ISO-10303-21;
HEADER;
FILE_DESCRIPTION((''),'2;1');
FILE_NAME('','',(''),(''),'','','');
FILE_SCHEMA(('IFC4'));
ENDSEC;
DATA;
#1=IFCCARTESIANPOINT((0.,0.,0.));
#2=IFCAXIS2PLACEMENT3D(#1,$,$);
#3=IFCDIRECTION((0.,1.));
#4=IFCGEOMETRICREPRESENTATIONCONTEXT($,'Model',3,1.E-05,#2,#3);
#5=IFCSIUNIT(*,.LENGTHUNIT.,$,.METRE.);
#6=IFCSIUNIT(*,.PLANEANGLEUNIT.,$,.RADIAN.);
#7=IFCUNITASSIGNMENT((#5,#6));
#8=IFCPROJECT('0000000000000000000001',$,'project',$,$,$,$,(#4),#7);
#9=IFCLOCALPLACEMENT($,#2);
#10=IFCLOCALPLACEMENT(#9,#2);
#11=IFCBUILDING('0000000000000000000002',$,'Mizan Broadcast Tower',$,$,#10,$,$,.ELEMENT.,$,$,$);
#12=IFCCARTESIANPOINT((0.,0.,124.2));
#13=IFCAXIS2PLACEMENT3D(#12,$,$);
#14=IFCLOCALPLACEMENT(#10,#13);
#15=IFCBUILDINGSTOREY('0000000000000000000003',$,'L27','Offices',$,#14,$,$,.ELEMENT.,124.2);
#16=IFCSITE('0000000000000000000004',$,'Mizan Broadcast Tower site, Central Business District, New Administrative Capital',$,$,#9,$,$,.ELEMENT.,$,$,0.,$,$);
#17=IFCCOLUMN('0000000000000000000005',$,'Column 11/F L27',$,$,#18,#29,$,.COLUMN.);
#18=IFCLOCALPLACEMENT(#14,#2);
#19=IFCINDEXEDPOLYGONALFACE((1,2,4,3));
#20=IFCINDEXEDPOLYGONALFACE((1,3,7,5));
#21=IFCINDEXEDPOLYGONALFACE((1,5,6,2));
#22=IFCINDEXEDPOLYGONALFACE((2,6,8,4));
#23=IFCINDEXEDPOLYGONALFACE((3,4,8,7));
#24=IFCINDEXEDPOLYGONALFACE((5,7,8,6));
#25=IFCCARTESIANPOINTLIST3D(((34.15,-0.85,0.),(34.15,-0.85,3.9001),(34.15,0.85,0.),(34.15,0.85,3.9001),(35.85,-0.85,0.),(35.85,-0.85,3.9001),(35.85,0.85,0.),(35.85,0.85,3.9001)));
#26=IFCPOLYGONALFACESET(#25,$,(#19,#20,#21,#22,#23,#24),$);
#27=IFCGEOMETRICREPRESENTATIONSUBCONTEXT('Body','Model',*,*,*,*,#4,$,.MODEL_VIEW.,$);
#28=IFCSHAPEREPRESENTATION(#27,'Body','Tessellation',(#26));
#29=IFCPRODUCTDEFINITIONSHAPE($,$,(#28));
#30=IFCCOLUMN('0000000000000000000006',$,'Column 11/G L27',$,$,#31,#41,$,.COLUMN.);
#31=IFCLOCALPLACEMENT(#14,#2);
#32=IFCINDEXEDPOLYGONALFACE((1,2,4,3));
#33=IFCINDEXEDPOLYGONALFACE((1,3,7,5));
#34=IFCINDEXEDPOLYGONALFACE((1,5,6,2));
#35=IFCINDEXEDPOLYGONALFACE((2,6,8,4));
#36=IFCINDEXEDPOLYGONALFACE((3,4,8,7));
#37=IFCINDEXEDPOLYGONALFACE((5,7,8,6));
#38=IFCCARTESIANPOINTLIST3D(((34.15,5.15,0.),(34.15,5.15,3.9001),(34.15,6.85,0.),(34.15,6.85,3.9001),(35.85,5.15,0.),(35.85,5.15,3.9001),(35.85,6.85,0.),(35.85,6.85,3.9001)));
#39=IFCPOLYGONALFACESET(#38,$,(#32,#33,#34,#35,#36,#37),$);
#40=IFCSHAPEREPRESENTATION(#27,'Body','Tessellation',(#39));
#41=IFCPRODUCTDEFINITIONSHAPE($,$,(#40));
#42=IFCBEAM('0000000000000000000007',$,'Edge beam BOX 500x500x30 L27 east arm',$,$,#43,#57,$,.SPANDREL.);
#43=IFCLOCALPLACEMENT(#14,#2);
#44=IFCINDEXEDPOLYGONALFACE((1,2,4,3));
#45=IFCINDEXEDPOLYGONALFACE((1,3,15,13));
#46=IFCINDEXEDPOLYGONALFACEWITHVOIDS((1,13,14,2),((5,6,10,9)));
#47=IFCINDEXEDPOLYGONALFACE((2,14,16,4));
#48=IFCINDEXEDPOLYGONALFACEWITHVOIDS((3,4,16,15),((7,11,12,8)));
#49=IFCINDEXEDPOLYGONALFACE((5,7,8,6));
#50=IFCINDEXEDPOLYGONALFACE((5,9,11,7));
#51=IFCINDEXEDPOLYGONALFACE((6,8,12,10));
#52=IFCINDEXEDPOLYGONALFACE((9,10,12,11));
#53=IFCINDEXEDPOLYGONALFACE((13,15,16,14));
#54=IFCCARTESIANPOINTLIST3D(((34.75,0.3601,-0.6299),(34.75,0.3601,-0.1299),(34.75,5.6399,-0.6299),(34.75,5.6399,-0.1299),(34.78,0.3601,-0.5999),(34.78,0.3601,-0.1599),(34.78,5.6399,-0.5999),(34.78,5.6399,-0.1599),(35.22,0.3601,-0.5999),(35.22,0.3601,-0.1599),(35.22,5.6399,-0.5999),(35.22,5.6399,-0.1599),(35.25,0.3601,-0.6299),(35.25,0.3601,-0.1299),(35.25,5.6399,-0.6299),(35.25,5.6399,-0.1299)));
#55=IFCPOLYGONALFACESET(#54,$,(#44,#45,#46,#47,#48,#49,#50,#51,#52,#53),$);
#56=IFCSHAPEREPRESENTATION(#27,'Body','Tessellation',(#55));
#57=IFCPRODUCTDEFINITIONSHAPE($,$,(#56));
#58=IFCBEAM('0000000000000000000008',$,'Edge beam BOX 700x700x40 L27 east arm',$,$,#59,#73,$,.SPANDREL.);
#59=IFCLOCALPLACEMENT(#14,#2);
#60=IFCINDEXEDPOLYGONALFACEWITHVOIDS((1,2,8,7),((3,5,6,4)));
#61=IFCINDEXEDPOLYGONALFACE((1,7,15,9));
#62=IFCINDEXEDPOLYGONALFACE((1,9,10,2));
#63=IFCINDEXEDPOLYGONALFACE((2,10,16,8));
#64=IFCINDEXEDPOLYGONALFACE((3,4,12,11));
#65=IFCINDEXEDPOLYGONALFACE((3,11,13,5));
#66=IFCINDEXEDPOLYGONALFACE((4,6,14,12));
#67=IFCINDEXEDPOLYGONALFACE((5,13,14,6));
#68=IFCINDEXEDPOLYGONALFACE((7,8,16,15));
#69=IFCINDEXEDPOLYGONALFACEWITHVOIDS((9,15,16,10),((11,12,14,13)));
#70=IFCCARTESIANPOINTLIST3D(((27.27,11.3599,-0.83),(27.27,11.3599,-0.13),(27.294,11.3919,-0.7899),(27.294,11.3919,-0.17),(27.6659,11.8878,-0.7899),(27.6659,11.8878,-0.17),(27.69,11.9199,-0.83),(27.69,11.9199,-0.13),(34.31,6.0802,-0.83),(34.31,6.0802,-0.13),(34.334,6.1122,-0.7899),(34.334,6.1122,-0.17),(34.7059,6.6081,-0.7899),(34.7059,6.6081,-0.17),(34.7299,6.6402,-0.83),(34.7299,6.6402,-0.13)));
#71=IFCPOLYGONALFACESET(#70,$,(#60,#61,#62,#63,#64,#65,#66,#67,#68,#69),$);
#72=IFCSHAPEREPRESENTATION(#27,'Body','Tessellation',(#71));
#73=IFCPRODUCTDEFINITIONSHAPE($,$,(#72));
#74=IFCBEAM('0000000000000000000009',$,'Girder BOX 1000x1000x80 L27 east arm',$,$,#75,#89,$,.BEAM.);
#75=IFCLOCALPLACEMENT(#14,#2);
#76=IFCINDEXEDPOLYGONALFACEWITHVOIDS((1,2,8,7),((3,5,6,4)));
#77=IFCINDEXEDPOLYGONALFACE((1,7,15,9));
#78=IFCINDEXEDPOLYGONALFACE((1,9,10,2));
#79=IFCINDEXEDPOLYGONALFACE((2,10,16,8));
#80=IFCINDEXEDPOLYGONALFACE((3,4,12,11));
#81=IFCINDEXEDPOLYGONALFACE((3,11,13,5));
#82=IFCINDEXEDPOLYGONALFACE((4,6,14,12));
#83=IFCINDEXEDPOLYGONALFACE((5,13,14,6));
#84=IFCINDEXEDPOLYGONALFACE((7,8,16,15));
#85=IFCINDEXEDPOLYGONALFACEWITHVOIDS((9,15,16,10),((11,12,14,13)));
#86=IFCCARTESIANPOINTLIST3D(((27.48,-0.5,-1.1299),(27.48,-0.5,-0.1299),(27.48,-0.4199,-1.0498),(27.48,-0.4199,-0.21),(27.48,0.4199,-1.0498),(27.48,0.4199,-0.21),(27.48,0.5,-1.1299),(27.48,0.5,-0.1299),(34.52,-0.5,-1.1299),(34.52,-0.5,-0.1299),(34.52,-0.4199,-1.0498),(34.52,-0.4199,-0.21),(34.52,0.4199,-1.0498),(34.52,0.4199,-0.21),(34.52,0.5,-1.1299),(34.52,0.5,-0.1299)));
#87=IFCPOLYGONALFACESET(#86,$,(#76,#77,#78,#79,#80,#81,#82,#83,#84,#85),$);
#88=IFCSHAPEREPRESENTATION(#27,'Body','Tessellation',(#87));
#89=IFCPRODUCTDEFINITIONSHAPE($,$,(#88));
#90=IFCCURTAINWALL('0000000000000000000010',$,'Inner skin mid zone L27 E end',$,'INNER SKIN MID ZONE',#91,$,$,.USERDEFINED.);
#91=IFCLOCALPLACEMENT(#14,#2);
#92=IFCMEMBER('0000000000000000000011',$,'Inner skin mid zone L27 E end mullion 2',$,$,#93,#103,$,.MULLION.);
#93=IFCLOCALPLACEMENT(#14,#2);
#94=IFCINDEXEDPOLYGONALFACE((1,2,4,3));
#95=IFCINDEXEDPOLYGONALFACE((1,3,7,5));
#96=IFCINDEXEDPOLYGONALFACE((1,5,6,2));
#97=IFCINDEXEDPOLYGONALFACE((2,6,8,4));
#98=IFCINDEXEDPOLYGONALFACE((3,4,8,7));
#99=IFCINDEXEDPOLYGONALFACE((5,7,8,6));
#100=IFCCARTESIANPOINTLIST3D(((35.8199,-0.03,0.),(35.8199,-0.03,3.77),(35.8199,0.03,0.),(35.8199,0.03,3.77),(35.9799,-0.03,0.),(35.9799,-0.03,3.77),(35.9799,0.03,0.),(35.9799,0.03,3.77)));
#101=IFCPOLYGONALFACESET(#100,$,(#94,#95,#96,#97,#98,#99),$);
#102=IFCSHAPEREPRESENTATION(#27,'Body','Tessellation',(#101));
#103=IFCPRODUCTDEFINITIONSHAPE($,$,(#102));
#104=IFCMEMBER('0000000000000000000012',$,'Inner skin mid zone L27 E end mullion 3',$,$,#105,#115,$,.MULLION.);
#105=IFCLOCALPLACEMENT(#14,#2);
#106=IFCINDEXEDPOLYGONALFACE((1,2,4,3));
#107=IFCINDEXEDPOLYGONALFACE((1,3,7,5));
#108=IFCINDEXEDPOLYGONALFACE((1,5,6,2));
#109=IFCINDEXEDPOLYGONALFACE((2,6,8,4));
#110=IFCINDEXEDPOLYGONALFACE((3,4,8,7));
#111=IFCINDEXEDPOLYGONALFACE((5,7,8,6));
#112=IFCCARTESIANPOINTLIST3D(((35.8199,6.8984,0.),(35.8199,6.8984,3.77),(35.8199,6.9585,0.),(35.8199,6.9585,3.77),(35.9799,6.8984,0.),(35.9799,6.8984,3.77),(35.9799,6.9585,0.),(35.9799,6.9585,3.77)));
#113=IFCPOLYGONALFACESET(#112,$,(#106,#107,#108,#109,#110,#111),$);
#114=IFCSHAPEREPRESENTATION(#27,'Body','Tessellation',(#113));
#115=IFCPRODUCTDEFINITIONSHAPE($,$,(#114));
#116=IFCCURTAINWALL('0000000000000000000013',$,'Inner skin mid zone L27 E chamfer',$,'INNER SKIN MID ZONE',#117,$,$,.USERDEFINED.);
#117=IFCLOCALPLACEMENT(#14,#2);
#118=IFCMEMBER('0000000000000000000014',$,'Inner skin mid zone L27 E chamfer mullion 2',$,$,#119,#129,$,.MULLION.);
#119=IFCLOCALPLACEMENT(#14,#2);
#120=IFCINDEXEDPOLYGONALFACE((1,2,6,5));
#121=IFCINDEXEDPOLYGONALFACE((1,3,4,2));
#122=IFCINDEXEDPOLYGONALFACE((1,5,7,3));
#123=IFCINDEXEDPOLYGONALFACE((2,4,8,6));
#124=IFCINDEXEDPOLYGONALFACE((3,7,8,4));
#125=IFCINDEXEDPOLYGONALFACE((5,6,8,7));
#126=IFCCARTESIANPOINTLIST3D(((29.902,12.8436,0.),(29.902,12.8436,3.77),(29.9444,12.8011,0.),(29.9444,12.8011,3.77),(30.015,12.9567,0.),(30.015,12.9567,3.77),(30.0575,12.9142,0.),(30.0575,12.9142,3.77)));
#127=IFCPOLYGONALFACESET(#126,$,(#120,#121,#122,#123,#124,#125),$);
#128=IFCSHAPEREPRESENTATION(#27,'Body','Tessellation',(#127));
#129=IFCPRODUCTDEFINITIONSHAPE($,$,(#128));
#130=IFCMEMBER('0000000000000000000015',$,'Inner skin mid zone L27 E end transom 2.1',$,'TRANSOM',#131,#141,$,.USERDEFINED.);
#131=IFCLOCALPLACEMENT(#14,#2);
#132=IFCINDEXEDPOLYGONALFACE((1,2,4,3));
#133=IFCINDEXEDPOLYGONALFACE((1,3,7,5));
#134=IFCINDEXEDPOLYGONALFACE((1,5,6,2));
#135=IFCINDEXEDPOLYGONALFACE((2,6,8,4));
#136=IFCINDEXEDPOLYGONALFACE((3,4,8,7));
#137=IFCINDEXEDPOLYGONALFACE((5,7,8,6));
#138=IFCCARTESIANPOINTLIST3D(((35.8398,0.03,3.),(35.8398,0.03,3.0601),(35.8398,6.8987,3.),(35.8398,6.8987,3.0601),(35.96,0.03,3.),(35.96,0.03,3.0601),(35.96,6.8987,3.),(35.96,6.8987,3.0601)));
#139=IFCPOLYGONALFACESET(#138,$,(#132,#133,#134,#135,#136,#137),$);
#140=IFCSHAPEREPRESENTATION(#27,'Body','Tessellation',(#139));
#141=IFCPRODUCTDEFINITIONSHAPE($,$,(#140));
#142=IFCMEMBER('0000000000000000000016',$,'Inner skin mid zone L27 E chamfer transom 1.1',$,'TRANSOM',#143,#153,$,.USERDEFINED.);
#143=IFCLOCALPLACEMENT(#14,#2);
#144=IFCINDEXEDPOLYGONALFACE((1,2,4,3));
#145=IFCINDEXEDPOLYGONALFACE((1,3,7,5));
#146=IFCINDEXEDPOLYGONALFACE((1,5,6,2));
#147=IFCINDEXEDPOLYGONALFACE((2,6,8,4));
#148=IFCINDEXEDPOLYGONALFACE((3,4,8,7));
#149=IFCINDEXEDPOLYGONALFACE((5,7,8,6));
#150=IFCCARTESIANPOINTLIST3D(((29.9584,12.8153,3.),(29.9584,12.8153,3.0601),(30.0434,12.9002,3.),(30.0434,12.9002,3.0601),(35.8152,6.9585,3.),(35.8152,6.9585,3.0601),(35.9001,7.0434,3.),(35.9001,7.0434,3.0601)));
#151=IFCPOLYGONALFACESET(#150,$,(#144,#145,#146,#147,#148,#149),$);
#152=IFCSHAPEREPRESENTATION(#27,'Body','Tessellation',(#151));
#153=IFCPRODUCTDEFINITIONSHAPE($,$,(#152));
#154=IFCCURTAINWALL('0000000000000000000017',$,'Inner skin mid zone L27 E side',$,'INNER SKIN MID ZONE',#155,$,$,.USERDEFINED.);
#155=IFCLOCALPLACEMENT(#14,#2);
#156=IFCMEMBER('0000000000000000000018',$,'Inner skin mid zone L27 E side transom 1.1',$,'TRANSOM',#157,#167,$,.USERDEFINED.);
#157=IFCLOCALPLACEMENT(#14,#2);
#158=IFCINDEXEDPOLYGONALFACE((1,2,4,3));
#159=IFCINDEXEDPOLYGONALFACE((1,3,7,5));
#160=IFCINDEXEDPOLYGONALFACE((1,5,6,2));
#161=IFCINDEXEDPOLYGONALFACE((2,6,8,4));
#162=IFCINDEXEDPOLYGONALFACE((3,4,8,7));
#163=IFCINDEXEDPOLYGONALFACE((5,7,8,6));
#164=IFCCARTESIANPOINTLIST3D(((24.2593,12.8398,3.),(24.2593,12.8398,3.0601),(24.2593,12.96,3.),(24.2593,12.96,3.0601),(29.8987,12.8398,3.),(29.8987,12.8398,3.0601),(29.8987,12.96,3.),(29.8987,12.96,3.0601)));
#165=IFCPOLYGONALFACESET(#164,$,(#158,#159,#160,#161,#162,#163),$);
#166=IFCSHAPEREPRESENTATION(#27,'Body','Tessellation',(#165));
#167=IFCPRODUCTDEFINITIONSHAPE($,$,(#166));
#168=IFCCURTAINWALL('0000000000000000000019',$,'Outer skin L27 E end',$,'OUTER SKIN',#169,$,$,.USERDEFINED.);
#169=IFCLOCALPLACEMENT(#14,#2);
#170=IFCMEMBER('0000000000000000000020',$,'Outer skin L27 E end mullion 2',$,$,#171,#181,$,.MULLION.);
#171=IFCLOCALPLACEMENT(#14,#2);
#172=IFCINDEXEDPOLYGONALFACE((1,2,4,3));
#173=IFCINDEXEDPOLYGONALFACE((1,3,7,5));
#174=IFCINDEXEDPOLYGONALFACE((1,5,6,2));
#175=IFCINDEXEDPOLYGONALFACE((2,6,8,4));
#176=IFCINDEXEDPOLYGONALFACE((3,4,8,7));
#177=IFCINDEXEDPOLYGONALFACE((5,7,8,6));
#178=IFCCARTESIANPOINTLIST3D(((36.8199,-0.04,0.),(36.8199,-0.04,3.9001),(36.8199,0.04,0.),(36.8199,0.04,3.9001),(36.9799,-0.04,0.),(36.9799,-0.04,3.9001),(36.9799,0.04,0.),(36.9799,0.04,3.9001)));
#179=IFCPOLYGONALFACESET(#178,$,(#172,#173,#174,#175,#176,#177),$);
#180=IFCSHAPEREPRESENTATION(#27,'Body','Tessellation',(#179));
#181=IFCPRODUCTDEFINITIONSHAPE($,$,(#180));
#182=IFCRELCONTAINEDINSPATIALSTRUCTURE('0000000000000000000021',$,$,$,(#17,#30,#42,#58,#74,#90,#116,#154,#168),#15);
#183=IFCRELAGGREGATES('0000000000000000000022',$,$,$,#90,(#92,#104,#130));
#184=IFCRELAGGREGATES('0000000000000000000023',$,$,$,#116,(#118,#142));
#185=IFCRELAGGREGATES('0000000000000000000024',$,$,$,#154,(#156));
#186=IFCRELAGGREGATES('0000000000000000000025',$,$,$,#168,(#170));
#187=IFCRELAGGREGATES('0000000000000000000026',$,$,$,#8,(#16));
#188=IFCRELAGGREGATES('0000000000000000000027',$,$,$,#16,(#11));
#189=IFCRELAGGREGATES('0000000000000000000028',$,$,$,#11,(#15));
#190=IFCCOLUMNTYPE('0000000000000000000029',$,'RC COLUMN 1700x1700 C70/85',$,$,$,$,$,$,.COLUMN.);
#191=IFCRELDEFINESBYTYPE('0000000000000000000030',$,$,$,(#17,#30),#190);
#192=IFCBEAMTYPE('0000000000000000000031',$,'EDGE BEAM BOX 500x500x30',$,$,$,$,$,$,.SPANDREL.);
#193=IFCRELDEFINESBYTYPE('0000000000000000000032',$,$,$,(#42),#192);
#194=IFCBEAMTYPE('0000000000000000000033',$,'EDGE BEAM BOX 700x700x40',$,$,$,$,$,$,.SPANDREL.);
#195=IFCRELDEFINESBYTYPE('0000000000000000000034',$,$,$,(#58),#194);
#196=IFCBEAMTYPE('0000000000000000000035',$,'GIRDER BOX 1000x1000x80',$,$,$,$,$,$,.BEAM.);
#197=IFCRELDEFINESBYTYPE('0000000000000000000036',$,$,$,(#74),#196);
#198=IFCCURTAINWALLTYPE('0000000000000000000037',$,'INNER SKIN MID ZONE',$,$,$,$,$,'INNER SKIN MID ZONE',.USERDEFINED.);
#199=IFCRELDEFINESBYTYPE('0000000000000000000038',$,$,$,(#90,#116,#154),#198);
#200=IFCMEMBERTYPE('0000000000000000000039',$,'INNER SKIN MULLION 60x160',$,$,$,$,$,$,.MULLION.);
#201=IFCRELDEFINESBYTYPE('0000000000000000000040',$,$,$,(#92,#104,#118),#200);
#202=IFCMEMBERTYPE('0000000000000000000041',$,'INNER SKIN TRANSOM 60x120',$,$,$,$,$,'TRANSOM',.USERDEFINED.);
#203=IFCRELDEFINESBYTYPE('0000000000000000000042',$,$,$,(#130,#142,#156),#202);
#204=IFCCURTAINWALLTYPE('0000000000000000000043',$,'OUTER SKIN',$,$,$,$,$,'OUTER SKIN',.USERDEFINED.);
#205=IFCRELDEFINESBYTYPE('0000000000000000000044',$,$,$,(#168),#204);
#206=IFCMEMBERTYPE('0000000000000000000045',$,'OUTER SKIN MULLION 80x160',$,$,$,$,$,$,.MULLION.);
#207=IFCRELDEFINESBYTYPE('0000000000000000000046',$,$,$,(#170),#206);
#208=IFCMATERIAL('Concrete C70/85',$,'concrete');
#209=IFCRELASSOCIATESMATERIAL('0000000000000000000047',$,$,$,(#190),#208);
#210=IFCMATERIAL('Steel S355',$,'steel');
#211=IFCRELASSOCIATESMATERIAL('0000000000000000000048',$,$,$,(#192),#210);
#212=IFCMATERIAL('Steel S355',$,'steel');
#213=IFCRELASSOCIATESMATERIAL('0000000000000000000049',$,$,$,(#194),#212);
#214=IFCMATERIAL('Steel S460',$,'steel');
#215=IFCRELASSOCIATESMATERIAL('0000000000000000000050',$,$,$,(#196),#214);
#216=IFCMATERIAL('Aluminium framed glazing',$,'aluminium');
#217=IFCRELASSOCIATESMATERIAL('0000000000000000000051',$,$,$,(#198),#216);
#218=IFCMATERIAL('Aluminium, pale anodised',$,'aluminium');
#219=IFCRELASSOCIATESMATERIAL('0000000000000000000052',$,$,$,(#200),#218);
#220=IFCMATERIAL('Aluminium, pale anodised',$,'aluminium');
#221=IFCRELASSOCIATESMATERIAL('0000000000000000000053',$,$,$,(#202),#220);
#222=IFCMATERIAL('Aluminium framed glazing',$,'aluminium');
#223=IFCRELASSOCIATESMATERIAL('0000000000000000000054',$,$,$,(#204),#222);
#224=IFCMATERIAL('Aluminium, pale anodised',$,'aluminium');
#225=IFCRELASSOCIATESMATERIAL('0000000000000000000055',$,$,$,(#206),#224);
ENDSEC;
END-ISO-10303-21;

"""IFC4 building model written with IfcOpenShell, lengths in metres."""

from ifc_helpers import new_model, si_unit, direction, frame, origin, origin_2d, place, context, subcontext, project, spatial, rectangle, hollow_rectangle, extrude, material, material_profile, profile_set, type_object, element, aggregate, save


model = new_model("IFC4")

# Units and contexts
model_context = context("Model", 3, precision=1e-05, world=origin(), true_north=direction((0.0, 1.0)))
body_context = subcontext(model_context, "Body", "Model", "MODEL_VIEW")
ifc_project = project(units=[si_unit("LENGTHUNIT", "METRE"), si_unit("PLANEANGLEUNIT", "RADIAN")], contexts=[model_context])

# Site, building, storey
site_placement = place(None, origin())
site = spatial("IfcSite", under=ifc_project, at=site_placement, Name="Mizan Broadcast Tower site, Central Business District, New Administrative Capital", CompositionType="ELEMENT", RefElevation=0.0)
building_placement = place(site_placement, origin())
building = spatial("IfcBuilding", under=site, at=building_placement, Name="Mizan Broadcast Tower", CompositionType="ELEMENT")
storey_placement = place(building_placement, frame((0.0, 0.0, 124.2)))
storey = spatial("IfcBuildingStorey", under=building, at=storey_placement, Name="L27", Description="Offices", CompositionType="ELEMENT", Elevation=124.2)

# Columns
ifc_material_1 = material(Name="Concrete C70/85", Category="concrete")
ifc_material_profile_1 = material_profile(ifc_material_1, rectangle(XDim=1.7, YDim=1.7, at=origin_2d()), Name="RC 1700x1700")
ifc_profile_set_1 = profile_set([ifc_material_profile_1], Name="Concrete C70/85")
column_type = type_object("IfcColumnType", Name="RC COLUMN 1700x1700 C70/85", PredefinedType="COLUMN", material=ifc_profile_set_1)
for number, where, z_axis, x_axis, name in (
    (1, (35.0, 0.0, 0.0), (0.0, 0.0, 1.0), (1.0, 0.0, 0.0), "Column 11/F L27"),
    (2, (35.0, 6.0, 0.0), (0.0, 0.0, 1.0), (1.0, 0.0, 0.0), "Column 11/G L27"),
):
    element("IfcColumn", number, at=place(storey_placement, frame(where, z_axis=z_axis, x_axis=x_axis)), inside=storey, type_object=column_type, Name=name, PredefinedType="COLUMN", context=body_context, shape_type="SweptSolid", body=[
        extrude(rectangle(XDim=1.7, YDim=1.7, at=origin_2d()), origin(), (0.0, 0.0, 1.0), 3.9001),
    ])

# Beams
ifc_material_2 = material(Name="Steel S355", Category="steel")
ifc_material_profile_2 = material_profile(ifc_material_2, hollow_rectangle(XDim=0.5, YDim=0.5, WallThickness=0.03, at=origin_2d()), Name="BOX 500x500x30")
ifc_profile_set_2 = profile_set([ifc_material_profile_2], Name="Steel S355")
beam_type_1 = type_object("IfcBeamType", Name="EDGE BEAM BOX 500x500x30", PredefinedType="SPANDREL", material=ifc_profile_set_2)
beam_1_placement = place(storey_placement, frame((35.0, 5.6399, -0.3799), z_axis=(0.0, -1.0, 0.0), x_axis=(1.0, 0.0, 0.0)))
element("IfcBeam", 3, at=beam_1_placement, inside=storey, type_object=beam_type_1, Name="Edge beam BOX 500x500x30 L27 east arm", PredefinedType="SPANDREL", context=body_context, shape_type="SweptSolid", body=[
    extrude(hollow_rectangle(XDim=0.5, YDim=0.5, WallThickness=0.03, at=origin_2d()), origin(), (0.0, 0.0, 1.0), 5.2798),
])
ifc_material_3 = material(Name="Steel S355", Category="steel")
ifc_material_profile_3 = material_profile(ifc_material_3, hollow_rectangle(XDim=0.7, YDim=0.7, WallThickness=0.04, at=origin_2d()), Name="BOX 700x700x40")
ifc_profile_set_3 = profile_set([ifc_material_profile_3], Name="Steel S355")
beam_type_2 = type_object("IfcBeamType", Name="EDGE BEAM BOX 700x700x40", PredefinedType="SPANDREL", material=ifc_profile_set_3)
beam_2_placement = place(storey_placement, frame((27.48, 11.6399, -0.48), z_axis=(0.800013, -0.599982, 0.0), x_axis=(0.599982, 0.800013, 0.0)))
element("IfcBeam", 4, at=beam_2_placement, inside=storey, type_object=beam_type_2, Name="Edge beam BOX 700x700x40 L27 east arm", PredefinedType="SPANDREL", context=body_context, shape_type="SweptSolid", body=[
    extrude(hollow_rectangle(XDim=0.7, YDim=0.7, WallThickness=0.04, at=origin_2d()), origin(), (0.0, 0.0, 1.0), 8.7998),
])
ifc_material_4 = material(Name="Steel S460", Category="steel")
ifc_material_profile_4 = material_profile(ifc_material_4, hollow_rectangle(XDim=1.0, YDim=1.0, WallThickness=0.0801, at=origin_2d()), Name="BOX 1000x1000x80")
ifc_profile_set_4 = profile_set([ifc_material_profile_4], Name="Steel S460")
beam_type_3 = type_object("IfcBeamType", Name="GIRDER BOX 1000x1000x80", PredefinedType="BEAM", material=ifc_profile_set_4)
beam_3_placement = place(storey_placement, frame((27.48, 0.0, -0.6299), z_axis=(1.0, 0.0, 0.0), x_axis=(0.0, 1.0, 0.0)))
element("IfcBeam", 5, at=beam_3_placement, inside=storey, type_object=beam_type_3, Name="Girder BOX 1000x1000x80 L27 east arm", PredefinedType="BEAM", context=body_context, shape_type="SweptSolid", body=[
    extrude(hollow_rectangle(XDim=1.0, YDim=1.0, WallThickness=0.0801, at=origin_2d()), origin(), (0.0, 0.0, 1.0), 7.04),
])

# Curtain wall, members
ifc_material_5 = material(Name="Aluminium framed glazing", Category="aluminium")
curtain_wall_type_1 = type_object("IfcCurtainWallType", Name="INNER SKIN MID ZONE", ElementType="INNER SKIN MID ZONE", PredefinedType="USERDEFINED", material=ifc_material_5)
curtain_wall_1_placement = place(storey_placement, origin())
curtain_wall_1 = element("IfcCurtainWall", 6, at=curtain_wall_1_placement, inside=storey, type_object=curtain_wall_type_1, Name="Inner skin mid zone L27 E end", ObjectType="INNER SKIN MID ZONE", PredefinedType="USERDEFINED")
ifc_material_6 = material(Name="Aluminium, pale anodised", Category="aluminium")
ifc_material_profile_5 = material_profile(ifc_material_6, rectangle(XDim=0.1599, YDim=0.0601, at=origin_2d()), Name="MULLION 160x60")
ifc_profile_set_5 = profile_set([ifc_material_profile_5], Name="Aluminium, pale anodised")
member_type_1 = type_object("IfcMemberType", Name="INNER SKIN MULLION 60x160", PredefinedType="MULLION", material=ifc_profile_set_5)
member_1_placement = place(storey_placement, frame((35.8999, 0.0, 0.0), z_axis=(0.0, 0.0, 1.0), x_axis=(-1.0, 0.0, 0.0)))
member_1 = element("IfcMember", 7, at=member_1_placement, type_object=member_type_1, Name="Inner skin mid zone L27 E end mullion 2", PredefinedType="MULLION", context=body_context, shape_type="SweptSolid", body=[
    extrude(rectangle(XDim=0.1599, YDim=0.0601, at=origin_2d()), origin(), (0.0, 0.0, 1.0), 3.77),
])
member_2_placement = place(storey_placement, frame((35.8999, 6.9285, 0.0), z_axis=(0.0, 0.0, 1.0), x_axis=(-1.0, 0.0, 0.0)))
member_2 = element("IfcMember", 8, at=member_2_placement, type_object=member_type_1, Name="Inner skin mid zone L27 E end mullion 3", PredefinedType="MULLION", context=body_context, shape_type="SweptSolid", body=[
    extrude(rectangle(XDim=0.1599, YDim=0.0601, at=origin_2d()), origin(), (0.0, 0.0, 1.0), 3.77),
])

# Curtain wall, member
curtain_wall_2_placement = place(storey_placement, origin())
curtain_wall_2 = element("IfcCurtainWall", 9, at=curtain_wall_2_placement, inside=storey, type_object=curtain_wall_type_1, Name="Inner skin mid zone L27 E chamfer", ObjectType="INNER SKIN MID ZONE", PredefinedType="USERDEFINED")
member_3_placement = place(storey_placement, frame((29.9797, 12.8789, 0.0), z_axis=(0.0, 0.0, 1.0), x_axis=(-0.707107, -0.707107, 0.0)))
member_3 = element("IfcMember", 10, at=member_3_placement, type_object=member_type_1, Name="Inner skin mid zone L27 E chamfer mullion 2", PredefinedType="MULLION", context=body_context, shape_type="SweptSolid", body=[
    extrude(rectangle(XDim=0.1599, YDim=0.0601, at=origin_2d()), origin(), (0.0, 0.0, 1.0), 3.77),
])

# Members
ifc_material_7 = material(Name="Aluminium, pale anodised", Category="aluminium")
ifc_material_profile_6 = material_profile(ifc_material_7, rectangle(XDim=0.1201, YDim=0.0601, at=origin_2d()), Name="TRANSOM 120x60")
ifc_profile_set_6 = profile_set([ifc_material_profile_6], Name="Aluminium, pale anodised")
member_type_2 = type_object("IfcMemberType", Name="INNER SKIN TRANSOM 60x120", ElementType="TRANSOM", PredefinedType="USERDEFINED", material=ifc_profile_set_6)
member_4_placement = place(storey_placement, frame((35.8999, 0.03, 3.03), z_axis=(0.0, 1.0, 0.0), x_axis=(-1.0, 0.0, 0.0)))
member_4 = element("IfcMember", 11, at=member_4_placement, type_object=member_type_2, Name="Inner skin mid zone L27 E end transom 2.1", ObjectType="TRANSOM", PredefinedType="USERDEFINED", context=body_context, shape_type="SweptSolid", body=[
    extrude(rectangle(XDim=0.1201, YDim=0.0601, at=origin_2d()), origin(), (0.0, 0.0, 1.0), 6.8687),
])
member_5_placement = place(storey_placement, frame((35.8577, 7.001, 3.03), z_axis=(-0.707107, 0.707107, 0.0), x_axis=(-0.707107, -0.707107, 0.0)))
member_5 = element("IfcMember", 12, at=member_5_placement, type_object=member_type_2, Name="Inner skin mid zone L27 E chamfer transom 1.1", ObjectType="TRANSOM", PredefinedType="USERDEFINED", context=body_context, shape_type="SweptSolid", body=[
    extrude(rectangle(XDim=0.1201, YDim=0.0601, at=origin_2d()), origin(), (0.0, 0.0, 1.0), 8.2827),
])

# Curtain wall, member
curtain_wall_3_placement = place(storey_placement, origin())
curtain_wall_3 = element("IfcCurtainWall", 13, at=curtain_wall_3_placement, inside=storey, type_object=curtain_wall_type_1, Name="Inner skin mid zone L27 E side", ObjectType="INNER SKIN MID ZONE", PredefinedType="USERDEFINED")
member_6_placement = place(storey_placement, frame((29.8987, 12.8999, 3.03), z_axis=(-1.0, 0.0, 0.0), x_axis=(0.0, -1.0, 0.0)))
member_6 = element("IfcMember", 14, at=member_6_placement, type_object=member_type_2, Name="Inner skin mid zone L27 E side transom 1.1", ObjectType="TRANSOM", PredefinedType="USERDEFINED", context=body_context, shape_type="SweptSolid", body=[
    extrude(rectangle(XDim=0.1201, YDim=0.0601, at=origin_2d()), origin(), (0.0, 0.0, 1.0), 5.6394),
])

# Curtain wall, member
ifc_material_8 = material(Name="Aluminium framed glazing", Category="aluminium")
curtain_wall_type_2 = type_object("IfcCurtainWallType", Name="OUTER SKIN", ElementType="OUTER SKIN", PredefinedType="USERDEFINED", material=ifc_material_8)
curtain_wall_4_placement = place(storey_placement, origin())
curtain_wall_4 = element("IfcCurtainWall", 15, at=curtain_wall_4_placement, inside=storey, type_object=curtain_wall_type_2, Name="Outer skin L27 E end", ObjectType="OUTER SKIN", PredefinedType="USERDEFINED")
ifc_material_9 = material(Name="Aluminium, pale anodised", Category="aluminium")
ifc_material_profile_7 = material_profile(ifc_material_9, rectangle(XDim=0.1599, YDim=0.0801, at=origin_2d()), Name="MULLION 160x80")
ifc_profile_set_7 = profile_set([ifc_material_profile_7], Name="Aluminium, pale anodised")
member_type_3 = type_object("IfcMemberType", Name="OUTER SKIN MULLION 80x160", PredefinedType="MULLION", material=ifc_profile_set_7)
member_7_placement = place(storey_placement, frame((36.8999, 0.0, 0.0), z_axis=(0.0, 0.0, 1.0), x_axis=(-1.0, 0.0, 0.0)))
member_7 = element("IfcMember", 16, at=member_7_placement, type_object=member_type_3, Name="Outer skin L27 E end mullion 2", PredefinedType="MULLION", context=body_context, shape_type="SweptSolid", body=[
    extrude(rectangle(XDim=0.1599, YDim=0.0801, at=origin_2d()), origin(), (0.0, 0.0, 1.0), 3.9001),
])

aggregate(curtain_wall_1, [member_1, member_2, member_4])
aggregate(curtain_wall_2, [member_3, member_5])
aggregate(curtain_wall_3, [member_6])
aggregate(curtain_wall_4, [member_7])

save(model, "model.ifc")
